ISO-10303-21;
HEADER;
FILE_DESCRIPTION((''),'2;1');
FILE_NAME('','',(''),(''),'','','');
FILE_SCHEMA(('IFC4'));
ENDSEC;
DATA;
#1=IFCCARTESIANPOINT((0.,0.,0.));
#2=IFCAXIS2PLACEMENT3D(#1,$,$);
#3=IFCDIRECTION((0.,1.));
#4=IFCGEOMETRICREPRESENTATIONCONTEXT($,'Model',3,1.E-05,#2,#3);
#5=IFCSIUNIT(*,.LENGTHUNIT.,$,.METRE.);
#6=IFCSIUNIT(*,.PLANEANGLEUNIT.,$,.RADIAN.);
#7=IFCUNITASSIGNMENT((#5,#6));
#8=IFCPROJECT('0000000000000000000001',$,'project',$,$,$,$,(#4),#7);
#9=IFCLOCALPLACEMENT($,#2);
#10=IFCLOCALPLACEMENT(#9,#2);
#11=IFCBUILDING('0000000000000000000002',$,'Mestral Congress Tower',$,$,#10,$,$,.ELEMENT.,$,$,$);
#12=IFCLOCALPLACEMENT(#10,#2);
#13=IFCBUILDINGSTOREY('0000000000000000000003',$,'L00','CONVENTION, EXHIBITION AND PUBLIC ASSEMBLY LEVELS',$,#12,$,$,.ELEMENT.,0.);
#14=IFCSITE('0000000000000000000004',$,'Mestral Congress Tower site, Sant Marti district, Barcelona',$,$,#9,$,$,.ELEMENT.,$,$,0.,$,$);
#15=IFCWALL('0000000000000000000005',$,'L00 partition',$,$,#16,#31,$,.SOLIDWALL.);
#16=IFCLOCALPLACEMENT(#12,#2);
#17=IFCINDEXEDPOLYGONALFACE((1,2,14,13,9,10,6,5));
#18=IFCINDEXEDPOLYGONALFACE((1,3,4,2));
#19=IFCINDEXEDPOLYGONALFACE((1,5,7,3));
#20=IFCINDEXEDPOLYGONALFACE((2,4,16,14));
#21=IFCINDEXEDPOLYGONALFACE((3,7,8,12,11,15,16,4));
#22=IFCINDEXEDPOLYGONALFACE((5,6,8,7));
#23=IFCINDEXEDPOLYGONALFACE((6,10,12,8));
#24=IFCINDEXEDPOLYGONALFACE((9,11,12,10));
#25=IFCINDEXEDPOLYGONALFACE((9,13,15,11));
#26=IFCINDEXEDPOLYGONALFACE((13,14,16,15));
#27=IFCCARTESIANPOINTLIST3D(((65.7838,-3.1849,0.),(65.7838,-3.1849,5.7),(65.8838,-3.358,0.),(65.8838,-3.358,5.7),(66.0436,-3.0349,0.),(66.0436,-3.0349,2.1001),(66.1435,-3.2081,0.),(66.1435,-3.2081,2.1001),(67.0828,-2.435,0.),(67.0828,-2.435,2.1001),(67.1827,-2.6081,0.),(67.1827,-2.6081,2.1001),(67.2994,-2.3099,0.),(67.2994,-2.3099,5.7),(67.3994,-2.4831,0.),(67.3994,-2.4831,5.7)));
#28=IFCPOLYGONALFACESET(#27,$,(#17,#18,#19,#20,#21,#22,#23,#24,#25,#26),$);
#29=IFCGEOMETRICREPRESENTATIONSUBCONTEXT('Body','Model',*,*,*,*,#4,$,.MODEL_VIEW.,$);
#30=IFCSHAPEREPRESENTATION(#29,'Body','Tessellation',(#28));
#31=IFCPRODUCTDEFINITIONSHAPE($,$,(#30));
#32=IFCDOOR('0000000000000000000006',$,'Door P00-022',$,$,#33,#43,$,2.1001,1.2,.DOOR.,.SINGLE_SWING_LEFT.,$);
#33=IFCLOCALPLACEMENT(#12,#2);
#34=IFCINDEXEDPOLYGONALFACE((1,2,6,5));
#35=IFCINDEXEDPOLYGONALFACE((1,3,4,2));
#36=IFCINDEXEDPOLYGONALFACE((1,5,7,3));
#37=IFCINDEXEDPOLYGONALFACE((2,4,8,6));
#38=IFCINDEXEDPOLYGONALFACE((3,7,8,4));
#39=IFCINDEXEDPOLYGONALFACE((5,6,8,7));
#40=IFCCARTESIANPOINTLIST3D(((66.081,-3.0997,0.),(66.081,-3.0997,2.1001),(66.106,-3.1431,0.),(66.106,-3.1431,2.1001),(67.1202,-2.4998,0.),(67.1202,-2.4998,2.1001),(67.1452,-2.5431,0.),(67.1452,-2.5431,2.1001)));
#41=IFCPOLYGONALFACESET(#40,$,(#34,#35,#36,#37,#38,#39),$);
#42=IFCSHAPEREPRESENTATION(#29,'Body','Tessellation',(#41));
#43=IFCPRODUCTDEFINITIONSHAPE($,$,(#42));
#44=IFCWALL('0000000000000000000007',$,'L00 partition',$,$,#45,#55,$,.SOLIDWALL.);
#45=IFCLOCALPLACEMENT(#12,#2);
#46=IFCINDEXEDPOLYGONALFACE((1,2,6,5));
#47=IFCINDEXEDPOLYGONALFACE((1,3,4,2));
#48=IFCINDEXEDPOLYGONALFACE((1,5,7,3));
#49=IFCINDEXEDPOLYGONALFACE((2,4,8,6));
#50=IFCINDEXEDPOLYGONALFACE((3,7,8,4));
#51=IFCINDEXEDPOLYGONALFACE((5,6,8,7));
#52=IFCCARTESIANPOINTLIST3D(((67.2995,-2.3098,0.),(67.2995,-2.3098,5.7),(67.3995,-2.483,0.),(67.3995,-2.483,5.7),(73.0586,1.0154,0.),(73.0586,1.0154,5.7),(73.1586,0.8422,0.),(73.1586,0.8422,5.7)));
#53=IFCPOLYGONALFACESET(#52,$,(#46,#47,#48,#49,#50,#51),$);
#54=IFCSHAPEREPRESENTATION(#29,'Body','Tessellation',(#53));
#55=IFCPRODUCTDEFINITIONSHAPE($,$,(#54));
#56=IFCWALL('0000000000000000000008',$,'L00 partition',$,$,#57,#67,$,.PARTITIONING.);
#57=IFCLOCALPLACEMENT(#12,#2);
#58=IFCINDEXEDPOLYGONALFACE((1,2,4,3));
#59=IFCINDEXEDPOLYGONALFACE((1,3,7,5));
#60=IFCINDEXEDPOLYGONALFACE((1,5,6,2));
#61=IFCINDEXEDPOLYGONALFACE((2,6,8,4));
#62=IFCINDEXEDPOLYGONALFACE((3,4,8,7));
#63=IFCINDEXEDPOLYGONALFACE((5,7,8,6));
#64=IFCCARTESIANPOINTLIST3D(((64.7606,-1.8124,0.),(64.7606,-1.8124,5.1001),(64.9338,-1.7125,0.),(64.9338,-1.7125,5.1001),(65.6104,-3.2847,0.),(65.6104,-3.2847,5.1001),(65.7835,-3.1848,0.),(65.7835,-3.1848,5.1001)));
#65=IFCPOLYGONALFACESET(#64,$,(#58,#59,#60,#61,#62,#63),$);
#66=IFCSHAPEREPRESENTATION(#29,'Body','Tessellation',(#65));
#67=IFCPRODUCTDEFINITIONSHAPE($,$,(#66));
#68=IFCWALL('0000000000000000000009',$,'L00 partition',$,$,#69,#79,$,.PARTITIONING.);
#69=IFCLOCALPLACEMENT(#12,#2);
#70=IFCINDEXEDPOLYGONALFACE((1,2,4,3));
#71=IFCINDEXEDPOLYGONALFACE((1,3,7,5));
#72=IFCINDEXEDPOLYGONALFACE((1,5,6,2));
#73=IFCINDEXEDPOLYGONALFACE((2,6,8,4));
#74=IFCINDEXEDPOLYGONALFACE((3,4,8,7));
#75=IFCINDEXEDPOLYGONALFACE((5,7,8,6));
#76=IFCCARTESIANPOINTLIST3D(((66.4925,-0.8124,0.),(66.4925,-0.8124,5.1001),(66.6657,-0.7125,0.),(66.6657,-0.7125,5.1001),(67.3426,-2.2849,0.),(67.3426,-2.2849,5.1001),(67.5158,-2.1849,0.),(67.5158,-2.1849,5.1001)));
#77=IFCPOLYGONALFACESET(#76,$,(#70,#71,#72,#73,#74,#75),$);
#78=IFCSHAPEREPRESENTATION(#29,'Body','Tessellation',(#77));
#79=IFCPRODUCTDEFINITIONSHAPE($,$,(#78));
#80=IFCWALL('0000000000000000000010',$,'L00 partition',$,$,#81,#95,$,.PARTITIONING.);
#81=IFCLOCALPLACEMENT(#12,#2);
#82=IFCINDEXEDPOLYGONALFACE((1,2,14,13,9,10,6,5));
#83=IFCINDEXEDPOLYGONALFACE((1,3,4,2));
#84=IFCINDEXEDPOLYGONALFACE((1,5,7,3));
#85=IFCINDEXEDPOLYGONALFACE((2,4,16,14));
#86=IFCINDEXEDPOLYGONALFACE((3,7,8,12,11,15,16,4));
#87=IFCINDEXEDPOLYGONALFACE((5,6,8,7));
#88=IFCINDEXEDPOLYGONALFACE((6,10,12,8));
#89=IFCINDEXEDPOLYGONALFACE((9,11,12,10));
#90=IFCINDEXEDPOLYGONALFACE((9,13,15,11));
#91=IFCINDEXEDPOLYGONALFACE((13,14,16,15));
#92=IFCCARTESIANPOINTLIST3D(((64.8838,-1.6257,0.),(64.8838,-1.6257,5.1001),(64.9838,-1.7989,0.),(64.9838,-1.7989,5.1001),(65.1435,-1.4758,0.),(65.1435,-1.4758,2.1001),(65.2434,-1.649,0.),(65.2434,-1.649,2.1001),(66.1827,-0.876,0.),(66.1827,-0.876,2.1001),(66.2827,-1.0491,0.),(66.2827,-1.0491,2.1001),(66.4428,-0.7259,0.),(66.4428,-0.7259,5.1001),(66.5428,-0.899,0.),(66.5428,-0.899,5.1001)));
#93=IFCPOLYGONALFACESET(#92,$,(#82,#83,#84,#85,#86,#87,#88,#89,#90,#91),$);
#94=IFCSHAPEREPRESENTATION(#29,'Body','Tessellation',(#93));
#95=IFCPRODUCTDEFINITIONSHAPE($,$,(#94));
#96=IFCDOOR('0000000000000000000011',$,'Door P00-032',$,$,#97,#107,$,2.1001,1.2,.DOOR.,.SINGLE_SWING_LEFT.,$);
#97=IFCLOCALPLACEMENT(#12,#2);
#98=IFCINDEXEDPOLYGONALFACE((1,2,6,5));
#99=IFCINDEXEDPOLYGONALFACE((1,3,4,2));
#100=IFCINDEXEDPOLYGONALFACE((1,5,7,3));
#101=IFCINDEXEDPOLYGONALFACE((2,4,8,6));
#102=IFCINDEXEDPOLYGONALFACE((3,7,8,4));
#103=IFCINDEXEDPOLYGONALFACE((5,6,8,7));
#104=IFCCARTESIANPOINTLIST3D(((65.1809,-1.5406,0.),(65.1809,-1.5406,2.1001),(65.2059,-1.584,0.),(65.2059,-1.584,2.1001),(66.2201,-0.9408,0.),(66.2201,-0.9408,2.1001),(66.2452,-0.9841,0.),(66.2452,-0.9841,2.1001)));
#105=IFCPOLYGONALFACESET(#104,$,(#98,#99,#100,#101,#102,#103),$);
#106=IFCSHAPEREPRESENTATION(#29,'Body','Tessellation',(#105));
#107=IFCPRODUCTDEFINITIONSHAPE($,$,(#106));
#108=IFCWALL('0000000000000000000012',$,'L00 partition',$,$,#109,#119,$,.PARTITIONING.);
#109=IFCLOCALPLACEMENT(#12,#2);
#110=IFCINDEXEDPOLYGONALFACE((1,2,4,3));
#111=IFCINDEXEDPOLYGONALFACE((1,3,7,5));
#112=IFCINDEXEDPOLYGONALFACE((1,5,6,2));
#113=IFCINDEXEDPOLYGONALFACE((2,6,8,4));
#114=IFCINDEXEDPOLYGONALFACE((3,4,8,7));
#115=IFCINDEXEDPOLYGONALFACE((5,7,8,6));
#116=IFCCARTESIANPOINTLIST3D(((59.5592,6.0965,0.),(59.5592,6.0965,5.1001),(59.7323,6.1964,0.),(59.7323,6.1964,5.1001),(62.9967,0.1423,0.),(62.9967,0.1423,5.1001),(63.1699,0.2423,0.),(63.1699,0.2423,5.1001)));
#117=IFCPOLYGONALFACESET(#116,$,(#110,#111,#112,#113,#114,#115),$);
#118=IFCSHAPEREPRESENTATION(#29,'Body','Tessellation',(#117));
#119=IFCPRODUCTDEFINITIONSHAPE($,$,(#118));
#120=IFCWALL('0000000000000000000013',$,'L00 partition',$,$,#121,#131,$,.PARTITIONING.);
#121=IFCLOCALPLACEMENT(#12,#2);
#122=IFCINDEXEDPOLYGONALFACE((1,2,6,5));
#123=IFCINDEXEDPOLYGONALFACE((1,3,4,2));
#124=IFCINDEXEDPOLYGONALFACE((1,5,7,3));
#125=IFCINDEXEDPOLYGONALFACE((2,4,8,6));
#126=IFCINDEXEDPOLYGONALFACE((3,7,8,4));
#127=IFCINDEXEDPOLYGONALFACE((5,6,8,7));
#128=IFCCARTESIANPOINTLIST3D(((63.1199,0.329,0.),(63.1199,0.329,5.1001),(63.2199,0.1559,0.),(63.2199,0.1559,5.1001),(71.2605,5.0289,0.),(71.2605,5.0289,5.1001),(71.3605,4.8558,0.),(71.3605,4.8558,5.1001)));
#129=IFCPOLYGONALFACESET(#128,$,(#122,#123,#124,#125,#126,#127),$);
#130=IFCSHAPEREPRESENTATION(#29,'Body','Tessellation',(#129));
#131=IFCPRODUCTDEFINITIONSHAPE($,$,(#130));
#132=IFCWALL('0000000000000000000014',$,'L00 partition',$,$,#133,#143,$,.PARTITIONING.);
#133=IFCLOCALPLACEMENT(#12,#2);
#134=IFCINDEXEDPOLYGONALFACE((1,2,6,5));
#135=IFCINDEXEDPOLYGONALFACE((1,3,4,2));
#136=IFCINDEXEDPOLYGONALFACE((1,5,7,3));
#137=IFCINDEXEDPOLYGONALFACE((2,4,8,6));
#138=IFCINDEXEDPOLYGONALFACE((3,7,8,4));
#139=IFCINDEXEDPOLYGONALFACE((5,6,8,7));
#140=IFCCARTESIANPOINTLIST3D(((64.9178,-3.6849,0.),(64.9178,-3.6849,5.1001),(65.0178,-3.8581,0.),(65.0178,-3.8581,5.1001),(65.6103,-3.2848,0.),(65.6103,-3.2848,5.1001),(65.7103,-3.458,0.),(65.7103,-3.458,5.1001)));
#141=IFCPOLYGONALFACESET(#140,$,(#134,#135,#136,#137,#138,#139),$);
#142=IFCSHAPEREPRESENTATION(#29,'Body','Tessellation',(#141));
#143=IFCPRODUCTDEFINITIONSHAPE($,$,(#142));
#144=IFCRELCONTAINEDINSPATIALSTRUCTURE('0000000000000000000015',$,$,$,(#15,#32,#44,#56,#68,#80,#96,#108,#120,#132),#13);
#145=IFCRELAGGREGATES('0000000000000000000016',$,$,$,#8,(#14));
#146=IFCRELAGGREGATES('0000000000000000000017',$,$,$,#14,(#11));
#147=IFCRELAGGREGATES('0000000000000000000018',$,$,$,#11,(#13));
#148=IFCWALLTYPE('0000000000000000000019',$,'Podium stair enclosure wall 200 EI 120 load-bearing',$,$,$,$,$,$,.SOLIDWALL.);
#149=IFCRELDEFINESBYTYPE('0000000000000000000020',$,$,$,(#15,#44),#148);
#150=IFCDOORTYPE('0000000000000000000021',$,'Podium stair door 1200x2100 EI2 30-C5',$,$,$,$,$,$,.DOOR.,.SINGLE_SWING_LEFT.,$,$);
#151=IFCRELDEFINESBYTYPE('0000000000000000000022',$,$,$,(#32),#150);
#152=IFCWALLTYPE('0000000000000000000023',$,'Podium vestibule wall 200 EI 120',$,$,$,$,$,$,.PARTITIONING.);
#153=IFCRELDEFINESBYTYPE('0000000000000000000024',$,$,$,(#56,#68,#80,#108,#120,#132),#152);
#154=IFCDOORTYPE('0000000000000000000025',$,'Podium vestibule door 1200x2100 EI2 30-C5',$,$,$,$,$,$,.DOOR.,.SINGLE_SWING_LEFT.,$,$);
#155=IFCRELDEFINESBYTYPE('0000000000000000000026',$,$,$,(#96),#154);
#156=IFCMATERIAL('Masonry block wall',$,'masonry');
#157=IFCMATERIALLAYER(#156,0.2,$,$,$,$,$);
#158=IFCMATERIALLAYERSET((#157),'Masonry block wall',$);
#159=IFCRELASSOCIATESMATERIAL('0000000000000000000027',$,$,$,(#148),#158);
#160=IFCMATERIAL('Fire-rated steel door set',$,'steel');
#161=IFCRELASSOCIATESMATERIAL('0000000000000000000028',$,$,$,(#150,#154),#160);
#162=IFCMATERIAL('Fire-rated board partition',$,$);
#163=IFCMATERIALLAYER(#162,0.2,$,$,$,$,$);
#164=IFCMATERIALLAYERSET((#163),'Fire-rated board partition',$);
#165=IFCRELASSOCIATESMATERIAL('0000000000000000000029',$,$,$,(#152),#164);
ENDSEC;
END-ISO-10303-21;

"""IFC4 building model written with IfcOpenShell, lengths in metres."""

from ifc_helpers import new_model, si_unit, direction, frame, frame_2d, origin, place, context, subcontext, project, spatial, rectangle, extrude, material, layer, layer_set, type_object, element, fill, save


model = new_model("IFC4")

# Units and contexts
model_context = context("Model", 3, precision=1e-05, world=origin(), true_north=direction((0.0, 1.0)))
body_context = subcontext(model_context, "Body", "Model", "MODEL_VIEW")
ifc_project = project(units=[si_unit("LENGTHUNIT", "METRE"), si_unit("PLANEANGLEUNIT", "RADIAN")], contexts=[model_context])

# Site, building, storey
site_placement = place(None, origin())
site = spatial("IfcSite", under=ifc_project, at=site_placement, Name="Mestral Congress Tower site, Sant Marti district, Barcelona", CompositionType="ELEMENT", RefElevation=0.0)
building_placement = place(site_placement, origin())
building = spatial("IfcBuilding", under=site, at=building_placement, Name="Mestral Congress Tower", CompositionType="ELEMENT")
storey_placement = place(building_placement, origin())
storey = spatial("IfcBuildingStorey", under=building, at=storey_placement, Name="L00", Description="CONVENTION, EXHIBITION AND PUBLIC ASSEMBLY LEVELS", CompositionType="ELEMENT", Elevation=0.0)

# Shared definitions
ifc_material_1 = material(Name="Masonry block wall", Category="masonry")
ifc_layer_1 = layer(ifc_material_1, 0.2)
ifc_layer_set_1 = layer_set([ifc_layer_1], Name="Masonry block wall")
wall_type_1 = type_object("IfcWallType", Name="Podium stair enclosure wall 200 EI 120 load-bearing", PredefinedType="SOLIDWALL", material=ifc_layer_set_1)

# Wall, opening, door
wall_1_placement = place(storey_placement, frame((67.3494, -2.3965, 0.0), z_axis=(0.0, 0.0, 1.0), x_axis=(-0.866037, -0.49998, 0.0)))
wall_1 = element("IfcWall", 1, at=wall_1_placement, inside=storey, type_object=wall_type_1, Name="L00 partition", PredefinedType="SOLIDWALL", context=body_context, shape_type="SweptSolid", body=[
    extrude(rectangle(XDim=1.75, YDim=0.2, at=frame_2d((0.875, 0.0))), origin(), (0.0, 0.0, 1.0), 5.7),
])
opening_1_placement = place(wall_1_placement, frame((0.25, 0.0, 0.0)))
opening_1 = element("IfcOpeningElement", 2, at=opening_1_placement, cuts=wall_1, PredefinedType="OPENING", context=body_context, shape_type="SweptSolid", body=[
    extrude(rectangle(XDim=1.2, YDim=2.1001, at=frame_2d((0.6001, 1.05))), frame((0.0, 0.1099, 0.0), z_axis=(0.0, -1.0, 0.0), x_axis=(1.0, 0.0, 0.0)), (0.0, 0.0, 1.0), 0.22),
])
ifc_material_2 = material(Name="Fire-rated steel door set", Category="steel")
door_type_1 = type_object("IfcDoorType", Name="Podium stair door 1200x2100 EI2 30-C5", OperationType="SINGLE_SWING_LEFT", PredefinedType="DOOR", material=ifc_material_2)
door_1_placement = place(opening_1_placement, origin())
door_1 = element("IfcDoor", 3, at=door_1_placement, inside=storey, type_object=door_type_1, Name="Door P00-022", OperationType="SINGLE_SWING_LEFT", OverallHeight=2.1001, OverallWidth=1.2, PredefinedType="DOOR", context=body_context, shape_type="SweptSolid", body=[
    extrude(rectangle(XDim=1.2, YDim=2.1001, at=frame_2d((0.6001, 1.05))), frame((0.0, 0.0249, 0.0), z_axis=(0.0, -1.0, 0.0), x_axis=(1.0, 0.0, 0.0)), (0.0, 0.0, 1.0), 0.05),
])
fill(opening_1, door_1)

# Walls
wall_2_placement = place(storey_placement, frame((67.3494, -2.3965, 0.0), z_axis=(0.0, 0.0, 1.0), x_axis=(0.866011, 0.500024, 0.0)))
element("IfcWall", 4, at=wall_2_placement, inside=storey, type_object=wall_type_1, Name="L00 partition", PredefinedType="SOLIDWALL", context=body_context, shape_type="SweptSolid", body=[
    extrude(rectangle(XDim=6.6501, YDim=0.2, at=frame_2d((3.3252, 0.0))), origin(), (0.0, 0.0, 1.0), 5.7),
])
ifc_material_3 = material(Name="Fire-rated board partition")
ifc_layer_2 = layer(ifc_material_3, 0.2)
ifc_layer_set_2 = layer_set([ifc_layer_2], Name="Fire-rated board partition")
wall_type_2 = type_object("IfcWallType", Name="Podium vestibule wall 200 EI 120", PredefinedType="PARTITIONING", material=ifc_layer_set_2)
wall_3_placement = place(storey_placement, frame((65.697, -3.2349, 0.0), z_axis=(0.0, 0.0, 1.0), x_axis=(-0.499892, 0.866088, 0.0)))
element("IfcWall", 5, at=wall_3_placement, inside=storey, type_object=wall_type_2, Name="L00 partition", PredefinedType="PARTITIONING", context=body_context, shape_type="SweptSolid", body=[
    extrude(rectangle(XDim=1.7, YDim=0.2, at=frame_2d((0.8501, 0.0))), origin(), (0.0, 0.0, 1.0), 5.1001),
])
wall_4_placement = place(storey_placement, frame((67.4292, -2.2349, 0.0), z_axis=(0.0, 0.0, 1.0), x_axis=(-0.5, 0.866025, 0.0)))
element("IfcWall", 6, at=wall_4_placement, inside=storey, type_object=wall_type_2, Name="L00 partition", PredefinedType="PARTITIONING", context=body_context, shape_type="SweptSolid", body=[
    extrude(rectangle(XDim=1.7002, YDim=0.2, at=frame_2d((0.8501, 0.0))), origin(), (0.0, 0.0, 1.0), 5.1001),
])

# Wall, opening, door
wall_5_placement = place(storey_placement, frame((66.4927, -0.8125, 0.0), z_axis=(0.0, 0.0, 1.0), x_axis=(-0.866082, -0.499902, 0.0)))
wall_5 = element("IfcWall", 7, at=wall_5_placement, inside=storey, type_object=wall_type_2, Name="L00 partition", PredefinedType="PARTITIONING", context=body_context, shape_type="SweptSolid", body=[
    extrude(rectangle(XDim=1.8, YDim=0.2, at=frame_2d((0.8999, 0.0))), origin(), (0.0, 0.0, 1.0), 5.1001),
])
opening_2_placement = place(wall_5_placement, frame((0.3, 0.0, 0.0)))
opening_2 = element("IfcOpeningElement", 8, at=opening_2_placement, cuts=wall_5, PredefinedType="OPENING", context=body_context, shape_type="SweptSolid", body=[
    extrude(rectangle(XDim=1.2, YDim=2.1001, at=frame_2d((0.6001, 1.05))), frame((0.0, 0.1099, 0.0), z_axis=(0.0, -1.0, 0.0), x_axis=(1.0, 0.0, 0.0)), (0.0, 0.0, 1.0), 0.22),
])
door_type_2 = type_object("IfcDoorType", Name="Podium vestibule door 1200x2100 EI2 30-C5", OperationType="SINGLE_SWING_LEFT", PredefinedType="DOOR", material=ifc_material_2)
door_2_placement = place(opening_2_placement, origin())
door_2 = element("IfcDoor", 9, at=door_2_placement, inside=storey, type_object=door_type_2, Name="Door P00-032", OperationType="SINGLE_SWING_LEFT", OverallHeight=2.1001, OverallWidth=1.2, PredefinedType="DOOR", context=body_context, shape_type="SweptSolid", body=[
    extrude(rectangle(XDim=1.2, YDim=2.1001, at=frame_2d((0.6001, 1.05))), frame((0.0, 0.0249, 0.0), z_axis=(0.0, -1.0, 0.0), x_axis=(1.0, 0.0, 0.0)), (0.0, 0.0, 1.0), 0.05),
])
fill(opening_2, door_2)

# Walls
wall_6_placement = place(storey_placement, frame((63.0833, 0.1924, 0.0), z_axis=(0.0, 0.0, 1.0), x_axis=(-0.499989, 0.866032, 0.0)))
element("IfcWall", 10, at=wall_6_placement, inside=storey, type_object=wall_type_2, Name="L00 partition", PredefinedType="PARTITIONING", context=body_context, shape_type="SweptSolid", body=[
    extrude(rectangle(XDim=6.8752, YDim=0.2, at=frame_2d((3.4375, 0.0))), origin(), (0.0, 0.0, 1.0), 5.1001),
])
wall_7_placement = place(storey_placement, frame((63.1699, 0.2424, 0.0), z_axis=(0.0, 0.0, 1.0), x_axis=(0.866027, 0.499997, 0.0)))
element("IfcWall", 11, at=wall_7_placement, inside=storey, type_object=wall_type_2, Name="L00 partition", PredefinedType="PARTITIONING", context=body_context, shape_type="SweptSolid", body=[
    extrude(rectangle(XDim=9.3999, YDim=0.2, at=frame_2d((4.7, 0.0))), origin(), (0.0, 0.0, 1.0), 5.1001),
])
wall_8_placement = place(storey_placement, frame((64.9678, -3.7715, 0.0), z_axis=(0.0, 0.0, 1.0), x_axis=(0.865886, 0.500242, 0.0)))
element("IfcWall", 12, at=wall_8_placement, inside=storey, type_object=wall_type_2, Name="L00 partition", PredefinedType="PARTITIONING", context=body_context, shape_type="SweptSolid", body=[
    extrude(rectangle(XDim=0.7998, YDim=0.2, at=frame_2d((0.3999, 0.0))), origin(), (0.0, 0.0, 1.0), 5.1001),
])

save(model, "model.ifc")
